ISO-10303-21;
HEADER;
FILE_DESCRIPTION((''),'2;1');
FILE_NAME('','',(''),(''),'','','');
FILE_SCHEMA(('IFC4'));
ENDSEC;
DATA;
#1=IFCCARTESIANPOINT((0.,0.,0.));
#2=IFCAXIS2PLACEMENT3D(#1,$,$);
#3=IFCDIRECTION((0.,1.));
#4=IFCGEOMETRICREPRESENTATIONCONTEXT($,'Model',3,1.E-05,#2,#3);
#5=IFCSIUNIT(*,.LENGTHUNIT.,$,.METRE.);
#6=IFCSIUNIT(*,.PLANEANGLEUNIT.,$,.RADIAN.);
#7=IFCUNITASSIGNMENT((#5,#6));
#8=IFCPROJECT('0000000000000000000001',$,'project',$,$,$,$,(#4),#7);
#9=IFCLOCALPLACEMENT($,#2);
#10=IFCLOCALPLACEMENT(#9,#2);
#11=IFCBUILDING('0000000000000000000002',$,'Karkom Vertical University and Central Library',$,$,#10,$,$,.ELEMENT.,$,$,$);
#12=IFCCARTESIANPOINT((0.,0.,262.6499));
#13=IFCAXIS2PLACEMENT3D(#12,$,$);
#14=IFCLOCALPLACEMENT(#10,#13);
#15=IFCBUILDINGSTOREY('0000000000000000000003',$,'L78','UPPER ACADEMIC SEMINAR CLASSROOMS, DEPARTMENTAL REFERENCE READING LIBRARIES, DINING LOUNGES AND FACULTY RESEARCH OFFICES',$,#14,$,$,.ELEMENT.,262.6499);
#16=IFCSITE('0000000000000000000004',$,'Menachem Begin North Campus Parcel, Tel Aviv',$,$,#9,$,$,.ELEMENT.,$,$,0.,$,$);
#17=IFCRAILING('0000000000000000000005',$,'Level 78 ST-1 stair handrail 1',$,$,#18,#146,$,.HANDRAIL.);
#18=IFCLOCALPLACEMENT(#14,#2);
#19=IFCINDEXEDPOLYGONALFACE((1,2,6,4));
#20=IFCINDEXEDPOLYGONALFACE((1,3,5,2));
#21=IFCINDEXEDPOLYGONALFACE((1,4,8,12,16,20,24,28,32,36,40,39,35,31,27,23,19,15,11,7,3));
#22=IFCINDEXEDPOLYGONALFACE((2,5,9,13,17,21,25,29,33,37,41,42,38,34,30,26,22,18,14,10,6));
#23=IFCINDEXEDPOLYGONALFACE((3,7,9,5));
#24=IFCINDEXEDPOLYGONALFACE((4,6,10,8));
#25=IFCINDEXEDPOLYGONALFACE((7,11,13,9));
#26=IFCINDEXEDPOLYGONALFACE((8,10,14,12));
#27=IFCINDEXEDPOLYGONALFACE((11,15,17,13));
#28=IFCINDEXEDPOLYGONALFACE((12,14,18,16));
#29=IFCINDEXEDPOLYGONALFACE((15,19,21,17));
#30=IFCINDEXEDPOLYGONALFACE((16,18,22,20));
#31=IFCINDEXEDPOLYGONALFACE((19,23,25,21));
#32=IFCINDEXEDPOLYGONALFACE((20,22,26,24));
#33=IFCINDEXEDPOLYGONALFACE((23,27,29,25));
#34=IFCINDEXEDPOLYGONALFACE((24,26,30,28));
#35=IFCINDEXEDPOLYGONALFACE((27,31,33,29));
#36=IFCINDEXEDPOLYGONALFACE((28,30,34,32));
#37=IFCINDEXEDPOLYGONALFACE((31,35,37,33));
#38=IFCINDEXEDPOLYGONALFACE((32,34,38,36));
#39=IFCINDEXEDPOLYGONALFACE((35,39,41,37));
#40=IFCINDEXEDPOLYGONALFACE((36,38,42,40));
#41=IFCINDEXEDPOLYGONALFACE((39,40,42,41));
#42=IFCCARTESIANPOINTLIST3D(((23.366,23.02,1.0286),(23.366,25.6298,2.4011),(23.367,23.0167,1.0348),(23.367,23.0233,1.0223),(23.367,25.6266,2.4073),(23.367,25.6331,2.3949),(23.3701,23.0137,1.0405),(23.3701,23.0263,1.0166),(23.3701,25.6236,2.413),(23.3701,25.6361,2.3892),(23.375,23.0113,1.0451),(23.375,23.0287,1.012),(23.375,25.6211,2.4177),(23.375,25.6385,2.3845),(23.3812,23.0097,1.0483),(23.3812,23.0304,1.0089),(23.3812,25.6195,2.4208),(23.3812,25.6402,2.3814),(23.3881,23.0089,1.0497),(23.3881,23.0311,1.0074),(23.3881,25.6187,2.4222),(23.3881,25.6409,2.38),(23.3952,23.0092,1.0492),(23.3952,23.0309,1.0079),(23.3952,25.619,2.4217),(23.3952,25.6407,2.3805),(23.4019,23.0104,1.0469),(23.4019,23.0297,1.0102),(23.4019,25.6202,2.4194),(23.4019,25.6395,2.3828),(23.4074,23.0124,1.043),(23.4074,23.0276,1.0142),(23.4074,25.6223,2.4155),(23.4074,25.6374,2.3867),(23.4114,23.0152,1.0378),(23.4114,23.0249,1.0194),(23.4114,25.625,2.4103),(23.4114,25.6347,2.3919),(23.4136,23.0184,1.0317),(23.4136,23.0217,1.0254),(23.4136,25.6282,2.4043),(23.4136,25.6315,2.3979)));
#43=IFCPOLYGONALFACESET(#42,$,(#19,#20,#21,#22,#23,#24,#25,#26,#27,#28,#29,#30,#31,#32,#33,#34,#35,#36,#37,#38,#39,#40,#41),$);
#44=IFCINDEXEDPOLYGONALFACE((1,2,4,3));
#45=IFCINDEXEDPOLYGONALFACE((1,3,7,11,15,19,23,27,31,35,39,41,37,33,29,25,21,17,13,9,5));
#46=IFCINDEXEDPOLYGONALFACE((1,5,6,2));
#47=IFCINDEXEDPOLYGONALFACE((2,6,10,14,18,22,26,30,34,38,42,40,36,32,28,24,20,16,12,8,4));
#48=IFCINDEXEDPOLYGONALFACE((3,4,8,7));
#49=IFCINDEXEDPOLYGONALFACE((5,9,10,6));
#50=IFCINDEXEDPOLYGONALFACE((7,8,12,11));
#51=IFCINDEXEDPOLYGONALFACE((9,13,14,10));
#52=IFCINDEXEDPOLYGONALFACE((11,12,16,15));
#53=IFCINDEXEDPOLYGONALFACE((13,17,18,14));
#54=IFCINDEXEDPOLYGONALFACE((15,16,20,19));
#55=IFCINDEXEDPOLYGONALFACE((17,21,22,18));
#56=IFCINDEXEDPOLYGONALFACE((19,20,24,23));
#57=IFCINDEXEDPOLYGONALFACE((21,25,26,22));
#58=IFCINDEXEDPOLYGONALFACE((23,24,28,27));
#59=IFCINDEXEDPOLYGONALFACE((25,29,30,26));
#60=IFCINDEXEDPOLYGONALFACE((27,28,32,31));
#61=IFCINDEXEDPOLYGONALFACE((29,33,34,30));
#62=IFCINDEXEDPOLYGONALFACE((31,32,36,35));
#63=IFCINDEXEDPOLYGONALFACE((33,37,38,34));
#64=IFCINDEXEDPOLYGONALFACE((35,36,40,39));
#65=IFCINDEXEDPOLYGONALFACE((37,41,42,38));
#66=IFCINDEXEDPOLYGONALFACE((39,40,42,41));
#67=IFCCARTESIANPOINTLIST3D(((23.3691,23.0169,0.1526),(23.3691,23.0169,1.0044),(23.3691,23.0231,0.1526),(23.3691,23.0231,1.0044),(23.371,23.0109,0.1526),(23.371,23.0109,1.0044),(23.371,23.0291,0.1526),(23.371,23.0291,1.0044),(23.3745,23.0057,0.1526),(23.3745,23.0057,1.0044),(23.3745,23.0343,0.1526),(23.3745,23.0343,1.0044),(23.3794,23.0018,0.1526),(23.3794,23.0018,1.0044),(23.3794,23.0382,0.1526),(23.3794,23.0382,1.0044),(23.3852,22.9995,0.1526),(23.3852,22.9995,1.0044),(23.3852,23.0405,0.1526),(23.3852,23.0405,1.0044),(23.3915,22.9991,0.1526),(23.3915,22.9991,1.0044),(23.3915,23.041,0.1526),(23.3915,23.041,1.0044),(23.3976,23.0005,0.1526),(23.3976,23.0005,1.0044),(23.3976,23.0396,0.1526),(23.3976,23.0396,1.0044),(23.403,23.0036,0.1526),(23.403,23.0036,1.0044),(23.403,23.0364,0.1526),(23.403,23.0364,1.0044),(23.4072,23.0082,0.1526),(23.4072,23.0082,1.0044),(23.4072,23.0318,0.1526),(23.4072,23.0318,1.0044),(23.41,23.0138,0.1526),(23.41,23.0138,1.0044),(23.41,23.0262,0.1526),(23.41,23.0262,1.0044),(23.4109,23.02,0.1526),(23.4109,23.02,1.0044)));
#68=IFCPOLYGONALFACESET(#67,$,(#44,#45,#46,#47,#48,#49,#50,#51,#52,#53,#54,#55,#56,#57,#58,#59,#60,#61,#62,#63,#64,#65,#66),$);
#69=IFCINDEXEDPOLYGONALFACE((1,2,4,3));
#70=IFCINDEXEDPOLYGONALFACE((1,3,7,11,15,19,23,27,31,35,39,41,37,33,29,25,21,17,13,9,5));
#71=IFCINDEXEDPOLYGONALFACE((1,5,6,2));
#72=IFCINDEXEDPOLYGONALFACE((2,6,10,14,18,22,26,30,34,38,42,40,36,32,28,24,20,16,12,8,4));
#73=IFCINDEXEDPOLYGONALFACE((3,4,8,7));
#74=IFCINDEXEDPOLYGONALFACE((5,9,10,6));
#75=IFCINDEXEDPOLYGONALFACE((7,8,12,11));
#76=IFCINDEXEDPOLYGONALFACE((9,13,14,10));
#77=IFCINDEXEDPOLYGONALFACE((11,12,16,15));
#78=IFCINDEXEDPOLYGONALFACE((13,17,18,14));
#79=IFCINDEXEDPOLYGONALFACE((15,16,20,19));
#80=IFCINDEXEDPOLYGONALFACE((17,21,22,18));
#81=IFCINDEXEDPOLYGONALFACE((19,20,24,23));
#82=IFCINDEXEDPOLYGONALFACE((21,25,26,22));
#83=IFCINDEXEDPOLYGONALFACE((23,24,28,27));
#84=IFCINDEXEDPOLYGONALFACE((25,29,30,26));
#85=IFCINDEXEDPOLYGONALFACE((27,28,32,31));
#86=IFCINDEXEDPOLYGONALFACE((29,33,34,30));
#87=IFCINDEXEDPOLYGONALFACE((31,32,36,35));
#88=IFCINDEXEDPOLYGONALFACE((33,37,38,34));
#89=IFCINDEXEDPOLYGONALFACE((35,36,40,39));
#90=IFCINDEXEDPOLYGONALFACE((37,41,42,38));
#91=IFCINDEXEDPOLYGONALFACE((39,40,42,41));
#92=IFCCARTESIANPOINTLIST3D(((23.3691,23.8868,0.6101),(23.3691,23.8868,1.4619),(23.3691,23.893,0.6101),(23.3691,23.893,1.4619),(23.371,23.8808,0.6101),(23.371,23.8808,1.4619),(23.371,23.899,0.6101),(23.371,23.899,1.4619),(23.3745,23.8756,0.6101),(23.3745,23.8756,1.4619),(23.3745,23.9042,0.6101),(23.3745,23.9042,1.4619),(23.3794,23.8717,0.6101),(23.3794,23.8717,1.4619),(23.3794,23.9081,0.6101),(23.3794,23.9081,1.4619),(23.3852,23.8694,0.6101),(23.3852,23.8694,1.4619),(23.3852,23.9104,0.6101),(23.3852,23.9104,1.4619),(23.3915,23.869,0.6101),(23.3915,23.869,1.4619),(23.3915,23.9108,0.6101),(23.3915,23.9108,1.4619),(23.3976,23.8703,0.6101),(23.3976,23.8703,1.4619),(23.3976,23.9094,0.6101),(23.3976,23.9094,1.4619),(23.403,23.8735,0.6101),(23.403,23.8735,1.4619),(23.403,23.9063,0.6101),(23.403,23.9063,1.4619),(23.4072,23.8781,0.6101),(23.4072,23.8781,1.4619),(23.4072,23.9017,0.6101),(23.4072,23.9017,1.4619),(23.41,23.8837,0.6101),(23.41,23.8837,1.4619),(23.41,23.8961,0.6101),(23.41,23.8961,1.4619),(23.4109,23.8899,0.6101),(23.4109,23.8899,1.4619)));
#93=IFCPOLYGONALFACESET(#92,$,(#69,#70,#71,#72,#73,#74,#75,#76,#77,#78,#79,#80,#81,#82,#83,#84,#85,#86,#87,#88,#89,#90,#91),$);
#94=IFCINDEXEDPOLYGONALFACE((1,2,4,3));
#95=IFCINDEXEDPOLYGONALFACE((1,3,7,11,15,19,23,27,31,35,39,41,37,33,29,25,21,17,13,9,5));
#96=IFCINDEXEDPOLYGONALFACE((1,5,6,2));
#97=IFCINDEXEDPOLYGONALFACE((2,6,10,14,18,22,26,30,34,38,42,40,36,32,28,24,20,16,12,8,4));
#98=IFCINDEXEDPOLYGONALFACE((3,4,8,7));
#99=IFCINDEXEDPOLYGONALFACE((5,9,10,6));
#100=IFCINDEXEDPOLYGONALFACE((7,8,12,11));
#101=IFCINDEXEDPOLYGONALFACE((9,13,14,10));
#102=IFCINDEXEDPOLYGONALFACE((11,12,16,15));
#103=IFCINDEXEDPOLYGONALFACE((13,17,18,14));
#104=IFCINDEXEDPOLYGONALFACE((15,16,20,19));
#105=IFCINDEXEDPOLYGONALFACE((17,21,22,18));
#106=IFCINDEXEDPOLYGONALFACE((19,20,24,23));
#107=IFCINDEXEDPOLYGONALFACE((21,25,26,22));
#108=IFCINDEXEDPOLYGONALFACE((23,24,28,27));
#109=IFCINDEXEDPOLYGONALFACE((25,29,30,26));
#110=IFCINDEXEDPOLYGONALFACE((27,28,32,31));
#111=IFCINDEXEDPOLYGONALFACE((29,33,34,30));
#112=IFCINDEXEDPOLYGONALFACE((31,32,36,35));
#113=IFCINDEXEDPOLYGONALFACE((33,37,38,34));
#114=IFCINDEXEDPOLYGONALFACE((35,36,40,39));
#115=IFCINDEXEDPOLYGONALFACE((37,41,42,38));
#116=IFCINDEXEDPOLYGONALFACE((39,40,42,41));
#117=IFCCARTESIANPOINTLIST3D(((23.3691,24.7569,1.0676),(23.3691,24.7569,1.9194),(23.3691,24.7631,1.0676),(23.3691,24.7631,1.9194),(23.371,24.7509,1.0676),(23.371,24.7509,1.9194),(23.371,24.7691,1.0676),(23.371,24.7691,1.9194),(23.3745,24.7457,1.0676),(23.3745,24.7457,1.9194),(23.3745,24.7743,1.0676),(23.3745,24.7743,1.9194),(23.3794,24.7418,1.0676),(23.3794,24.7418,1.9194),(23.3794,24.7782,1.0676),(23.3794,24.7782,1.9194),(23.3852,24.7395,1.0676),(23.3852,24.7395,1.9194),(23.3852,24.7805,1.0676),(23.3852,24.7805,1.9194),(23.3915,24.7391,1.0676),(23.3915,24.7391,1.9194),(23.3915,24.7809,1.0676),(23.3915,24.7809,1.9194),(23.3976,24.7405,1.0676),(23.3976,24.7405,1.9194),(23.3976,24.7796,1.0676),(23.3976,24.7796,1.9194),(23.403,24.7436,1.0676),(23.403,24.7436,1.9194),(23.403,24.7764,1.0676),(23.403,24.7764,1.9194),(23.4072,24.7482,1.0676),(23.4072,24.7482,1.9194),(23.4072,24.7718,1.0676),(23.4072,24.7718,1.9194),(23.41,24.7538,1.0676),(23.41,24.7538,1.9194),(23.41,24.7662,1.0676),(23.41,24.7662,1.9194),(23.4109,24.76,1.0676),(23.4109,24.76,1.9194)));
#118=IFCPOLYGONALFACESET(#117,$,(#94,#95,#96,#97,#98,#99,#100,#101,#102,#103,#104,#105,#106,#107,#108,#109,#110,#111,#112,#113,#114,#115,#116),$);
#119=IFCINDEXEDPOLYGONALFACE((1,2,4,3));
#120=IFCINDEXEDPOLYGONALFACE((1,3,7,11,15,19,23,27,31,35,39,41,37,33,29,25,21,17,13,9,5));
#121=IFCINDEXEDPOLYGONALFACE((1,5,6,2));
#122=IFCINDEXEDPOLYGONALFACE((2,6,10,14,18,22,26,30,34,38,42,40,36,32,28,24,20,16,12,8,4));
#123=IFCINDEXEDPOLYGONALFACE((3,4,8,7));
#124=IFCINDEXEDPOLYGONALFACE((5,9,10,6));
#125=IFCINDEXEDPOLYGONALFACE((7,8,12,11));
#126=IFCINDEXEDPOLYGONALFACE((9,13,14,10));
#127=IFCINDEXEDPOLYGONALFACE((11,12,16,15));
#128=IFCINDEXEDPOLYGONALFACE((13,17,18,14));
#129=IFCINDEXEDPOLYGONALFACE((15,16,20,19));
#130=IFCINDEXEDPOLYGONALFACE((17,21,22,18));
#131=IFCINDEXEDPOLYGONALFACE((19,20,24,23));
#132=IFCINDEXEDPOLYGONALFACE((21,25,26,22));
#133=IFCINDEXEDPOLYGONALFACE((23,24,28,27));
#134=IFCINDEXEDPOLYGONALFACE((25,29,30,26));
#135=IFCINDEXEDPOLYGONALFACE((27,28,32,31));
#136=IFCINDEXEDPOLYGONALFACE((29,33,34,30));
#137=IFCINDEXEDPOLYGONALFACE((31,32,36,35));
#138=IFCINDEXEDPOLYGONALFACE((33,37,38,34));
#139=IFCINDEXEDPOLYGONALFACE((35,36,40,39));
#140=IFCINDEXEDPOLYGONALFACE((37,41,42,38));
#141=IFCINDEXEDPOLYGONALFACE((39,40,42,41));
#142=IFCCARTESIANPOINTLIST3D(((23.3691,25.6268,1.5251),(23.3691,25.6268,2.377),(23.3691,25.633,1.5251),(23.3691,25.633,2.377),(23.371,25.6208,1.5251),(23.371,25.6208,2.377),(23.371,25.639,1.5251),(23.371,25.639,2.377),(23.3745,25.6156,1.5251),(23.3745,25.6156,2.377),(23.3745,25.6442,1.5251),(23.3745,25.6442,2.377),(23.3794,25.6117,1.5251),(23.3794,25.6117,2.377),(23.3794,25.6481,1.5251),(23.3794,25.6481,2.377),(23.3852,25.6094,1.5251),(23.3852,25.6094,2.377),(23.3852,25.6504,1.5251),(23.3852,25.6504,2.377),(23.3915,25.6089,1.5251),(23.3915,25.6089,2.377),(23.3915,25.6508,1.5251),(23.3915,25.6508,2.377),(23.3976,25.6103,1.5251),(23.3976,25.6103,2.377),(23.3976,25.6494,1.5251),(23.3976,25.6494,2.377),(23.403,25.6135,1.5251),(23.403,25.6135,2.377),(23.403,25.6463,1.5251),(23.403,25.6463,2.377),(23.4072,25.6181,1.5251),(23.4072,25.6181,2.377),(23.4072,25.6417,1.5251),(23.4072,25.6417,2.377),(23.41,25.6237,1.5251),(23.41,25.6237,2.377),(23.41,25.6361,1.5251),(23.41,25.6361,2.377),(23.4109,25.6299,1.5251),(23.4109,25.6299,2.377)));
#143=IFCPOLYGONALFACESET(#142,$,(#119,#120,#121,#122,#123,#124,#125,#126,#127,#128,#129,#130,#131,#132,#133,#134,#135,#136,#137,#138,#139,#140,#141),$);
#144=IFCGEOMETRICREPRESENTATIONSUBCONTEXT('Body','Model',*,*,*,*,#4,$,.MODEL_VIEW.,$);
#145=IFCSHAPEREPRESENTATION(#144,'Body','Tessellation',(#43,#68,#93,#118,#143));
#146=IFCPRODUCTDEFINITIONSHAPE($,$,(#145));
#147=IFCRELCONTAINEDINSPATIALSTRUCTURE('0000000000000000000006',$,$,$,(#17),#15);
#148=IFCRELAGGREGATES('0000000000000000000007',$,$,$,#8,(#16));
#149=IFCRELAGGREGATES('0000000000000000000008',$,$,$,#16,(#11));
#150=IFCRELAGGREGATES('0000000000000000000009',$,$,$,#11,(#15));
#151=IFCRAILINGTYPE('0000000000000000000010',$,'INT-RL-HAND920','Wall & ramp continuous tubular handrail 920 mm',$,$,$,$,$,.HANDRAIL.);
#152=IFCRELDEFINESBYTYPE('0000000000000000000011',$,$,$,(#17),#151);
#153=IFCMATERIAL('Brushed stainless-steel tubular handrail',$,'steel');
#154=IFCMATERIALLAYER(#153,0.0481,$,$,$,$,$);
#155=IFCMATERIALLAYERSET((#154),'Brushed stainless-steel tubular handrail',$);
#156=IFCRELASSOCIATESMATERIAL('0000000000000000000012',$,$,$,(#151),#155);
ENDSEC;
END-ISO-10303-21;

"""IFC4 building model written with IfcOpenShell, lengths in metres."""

from ifc_helpers import new_model, si_unit, direction, frame, origin, origin_2d, place, context, subcontext, project, spatial, circle, extrude, material, layer, layer_set, type_object, element, save


model = new_model("IFC4")

# Units and contexts
model_context = context("Model", 3, precision=1e-05, world=origin(), true_north=direction((0.0, 1.0)))
body_context = subcontext(model_context, "Body", "Model", "MODEL_VIEW")
ifc_project = project(units=[si_unit("LENGTHUNIT", "METRE"), si_unit("PLANEANGLEUNIT", "RADIAN")], contexts=[model_context])

# Site, building, storey
site_placement = place(None, origin())
site = spatial("IfcSite", under=ifc_project, at=site_placement, Name="Menachem Begin North Campus Parcel, Tel Aviv", CompositionType="ELEMENT", RefElevation=0.0)
building_placement = place(site_placement, origin())
building = spatial("IfcBuilding", under=site, at=building_placement, Name="Karkom Vertical University and Central Library", CompositionType="ELEMENT")
storey_placement = place(building_placement, frame((0.0, 0.0, 262.6499)))
storey = spatial("IfcBuildingStorey", under=building, at=storey_placement, Name="L78", Description="UPPER ACADEMIC SEMINAR CLASSROOMS, DEPARTMENTAL REFERENCE READING LIBRARIES, DINING LOUNGES AND FACULTY RESEARCH OFFICES", CompositionType="ELEMENT", Elevation=262.6499)

# Railing
ifc_material_1 = material(Name="Brushed stainless-steel tubular handrail", Category="steel")
ifc_layer_1 = layer(ifc_material_1, 0.0481)
ifc_layer_set_1 = layer_set([ifc_layer_1], Name="Brushed stainless-steel tubular handrail")
railing_type_1 = type_object("IfcRailingType", Name="INT-RL-HAND920", Description="Wall & ramp continuous tubular handrail 920 mm", PredefinedType="HANDRAIL", material=ifc_layer_set_1)
railing_1_placement = place(storey_placement, frame((23.3899, 23.02, 0.1526)))
element("IfcRailing", 1, at=railing_1_placement, inside=storey, type_object=railing_type_1, Name="Level 78 ST-1 stair handrail 1", PredefinedType="HANDRAIL", context=body_context, shape_type="SweptSolid", body=[
    extrude(circle(Radius=0.0239, at=origin_2d()), frame((0.0, 0.0, 0.876), z_axis=(0.0, 0.885065, 0.465467), x_axis=(-1.0, 0.0, 0.0)), (0.0, 0.0, 1.0), 2.9487),
    extrude(circle(Radius=0.021, at=origin_2d()), origin(), (0.0, 0.0, 1.0), 0.8518),
    extrude(circle(Radius=0.021, at=origin_2d()), frame((0.0, 0.8699, 0.4575)), (0.0, 0.0, 1.0), 0.8518),
    extrude(circle(Radius=0.021, at=origin_2d()), frame((0.0, 1.74, 0.915)), (0.0, 0.0, 1.0), 0.8518),
    extrude(circle(Radius=0.021, at=origin_2d()), frame((0.0, 2.6099, 1.3726)), (0.0, 0.0, 1.0), 0.8518),
])

save(model, "model.ifc")
